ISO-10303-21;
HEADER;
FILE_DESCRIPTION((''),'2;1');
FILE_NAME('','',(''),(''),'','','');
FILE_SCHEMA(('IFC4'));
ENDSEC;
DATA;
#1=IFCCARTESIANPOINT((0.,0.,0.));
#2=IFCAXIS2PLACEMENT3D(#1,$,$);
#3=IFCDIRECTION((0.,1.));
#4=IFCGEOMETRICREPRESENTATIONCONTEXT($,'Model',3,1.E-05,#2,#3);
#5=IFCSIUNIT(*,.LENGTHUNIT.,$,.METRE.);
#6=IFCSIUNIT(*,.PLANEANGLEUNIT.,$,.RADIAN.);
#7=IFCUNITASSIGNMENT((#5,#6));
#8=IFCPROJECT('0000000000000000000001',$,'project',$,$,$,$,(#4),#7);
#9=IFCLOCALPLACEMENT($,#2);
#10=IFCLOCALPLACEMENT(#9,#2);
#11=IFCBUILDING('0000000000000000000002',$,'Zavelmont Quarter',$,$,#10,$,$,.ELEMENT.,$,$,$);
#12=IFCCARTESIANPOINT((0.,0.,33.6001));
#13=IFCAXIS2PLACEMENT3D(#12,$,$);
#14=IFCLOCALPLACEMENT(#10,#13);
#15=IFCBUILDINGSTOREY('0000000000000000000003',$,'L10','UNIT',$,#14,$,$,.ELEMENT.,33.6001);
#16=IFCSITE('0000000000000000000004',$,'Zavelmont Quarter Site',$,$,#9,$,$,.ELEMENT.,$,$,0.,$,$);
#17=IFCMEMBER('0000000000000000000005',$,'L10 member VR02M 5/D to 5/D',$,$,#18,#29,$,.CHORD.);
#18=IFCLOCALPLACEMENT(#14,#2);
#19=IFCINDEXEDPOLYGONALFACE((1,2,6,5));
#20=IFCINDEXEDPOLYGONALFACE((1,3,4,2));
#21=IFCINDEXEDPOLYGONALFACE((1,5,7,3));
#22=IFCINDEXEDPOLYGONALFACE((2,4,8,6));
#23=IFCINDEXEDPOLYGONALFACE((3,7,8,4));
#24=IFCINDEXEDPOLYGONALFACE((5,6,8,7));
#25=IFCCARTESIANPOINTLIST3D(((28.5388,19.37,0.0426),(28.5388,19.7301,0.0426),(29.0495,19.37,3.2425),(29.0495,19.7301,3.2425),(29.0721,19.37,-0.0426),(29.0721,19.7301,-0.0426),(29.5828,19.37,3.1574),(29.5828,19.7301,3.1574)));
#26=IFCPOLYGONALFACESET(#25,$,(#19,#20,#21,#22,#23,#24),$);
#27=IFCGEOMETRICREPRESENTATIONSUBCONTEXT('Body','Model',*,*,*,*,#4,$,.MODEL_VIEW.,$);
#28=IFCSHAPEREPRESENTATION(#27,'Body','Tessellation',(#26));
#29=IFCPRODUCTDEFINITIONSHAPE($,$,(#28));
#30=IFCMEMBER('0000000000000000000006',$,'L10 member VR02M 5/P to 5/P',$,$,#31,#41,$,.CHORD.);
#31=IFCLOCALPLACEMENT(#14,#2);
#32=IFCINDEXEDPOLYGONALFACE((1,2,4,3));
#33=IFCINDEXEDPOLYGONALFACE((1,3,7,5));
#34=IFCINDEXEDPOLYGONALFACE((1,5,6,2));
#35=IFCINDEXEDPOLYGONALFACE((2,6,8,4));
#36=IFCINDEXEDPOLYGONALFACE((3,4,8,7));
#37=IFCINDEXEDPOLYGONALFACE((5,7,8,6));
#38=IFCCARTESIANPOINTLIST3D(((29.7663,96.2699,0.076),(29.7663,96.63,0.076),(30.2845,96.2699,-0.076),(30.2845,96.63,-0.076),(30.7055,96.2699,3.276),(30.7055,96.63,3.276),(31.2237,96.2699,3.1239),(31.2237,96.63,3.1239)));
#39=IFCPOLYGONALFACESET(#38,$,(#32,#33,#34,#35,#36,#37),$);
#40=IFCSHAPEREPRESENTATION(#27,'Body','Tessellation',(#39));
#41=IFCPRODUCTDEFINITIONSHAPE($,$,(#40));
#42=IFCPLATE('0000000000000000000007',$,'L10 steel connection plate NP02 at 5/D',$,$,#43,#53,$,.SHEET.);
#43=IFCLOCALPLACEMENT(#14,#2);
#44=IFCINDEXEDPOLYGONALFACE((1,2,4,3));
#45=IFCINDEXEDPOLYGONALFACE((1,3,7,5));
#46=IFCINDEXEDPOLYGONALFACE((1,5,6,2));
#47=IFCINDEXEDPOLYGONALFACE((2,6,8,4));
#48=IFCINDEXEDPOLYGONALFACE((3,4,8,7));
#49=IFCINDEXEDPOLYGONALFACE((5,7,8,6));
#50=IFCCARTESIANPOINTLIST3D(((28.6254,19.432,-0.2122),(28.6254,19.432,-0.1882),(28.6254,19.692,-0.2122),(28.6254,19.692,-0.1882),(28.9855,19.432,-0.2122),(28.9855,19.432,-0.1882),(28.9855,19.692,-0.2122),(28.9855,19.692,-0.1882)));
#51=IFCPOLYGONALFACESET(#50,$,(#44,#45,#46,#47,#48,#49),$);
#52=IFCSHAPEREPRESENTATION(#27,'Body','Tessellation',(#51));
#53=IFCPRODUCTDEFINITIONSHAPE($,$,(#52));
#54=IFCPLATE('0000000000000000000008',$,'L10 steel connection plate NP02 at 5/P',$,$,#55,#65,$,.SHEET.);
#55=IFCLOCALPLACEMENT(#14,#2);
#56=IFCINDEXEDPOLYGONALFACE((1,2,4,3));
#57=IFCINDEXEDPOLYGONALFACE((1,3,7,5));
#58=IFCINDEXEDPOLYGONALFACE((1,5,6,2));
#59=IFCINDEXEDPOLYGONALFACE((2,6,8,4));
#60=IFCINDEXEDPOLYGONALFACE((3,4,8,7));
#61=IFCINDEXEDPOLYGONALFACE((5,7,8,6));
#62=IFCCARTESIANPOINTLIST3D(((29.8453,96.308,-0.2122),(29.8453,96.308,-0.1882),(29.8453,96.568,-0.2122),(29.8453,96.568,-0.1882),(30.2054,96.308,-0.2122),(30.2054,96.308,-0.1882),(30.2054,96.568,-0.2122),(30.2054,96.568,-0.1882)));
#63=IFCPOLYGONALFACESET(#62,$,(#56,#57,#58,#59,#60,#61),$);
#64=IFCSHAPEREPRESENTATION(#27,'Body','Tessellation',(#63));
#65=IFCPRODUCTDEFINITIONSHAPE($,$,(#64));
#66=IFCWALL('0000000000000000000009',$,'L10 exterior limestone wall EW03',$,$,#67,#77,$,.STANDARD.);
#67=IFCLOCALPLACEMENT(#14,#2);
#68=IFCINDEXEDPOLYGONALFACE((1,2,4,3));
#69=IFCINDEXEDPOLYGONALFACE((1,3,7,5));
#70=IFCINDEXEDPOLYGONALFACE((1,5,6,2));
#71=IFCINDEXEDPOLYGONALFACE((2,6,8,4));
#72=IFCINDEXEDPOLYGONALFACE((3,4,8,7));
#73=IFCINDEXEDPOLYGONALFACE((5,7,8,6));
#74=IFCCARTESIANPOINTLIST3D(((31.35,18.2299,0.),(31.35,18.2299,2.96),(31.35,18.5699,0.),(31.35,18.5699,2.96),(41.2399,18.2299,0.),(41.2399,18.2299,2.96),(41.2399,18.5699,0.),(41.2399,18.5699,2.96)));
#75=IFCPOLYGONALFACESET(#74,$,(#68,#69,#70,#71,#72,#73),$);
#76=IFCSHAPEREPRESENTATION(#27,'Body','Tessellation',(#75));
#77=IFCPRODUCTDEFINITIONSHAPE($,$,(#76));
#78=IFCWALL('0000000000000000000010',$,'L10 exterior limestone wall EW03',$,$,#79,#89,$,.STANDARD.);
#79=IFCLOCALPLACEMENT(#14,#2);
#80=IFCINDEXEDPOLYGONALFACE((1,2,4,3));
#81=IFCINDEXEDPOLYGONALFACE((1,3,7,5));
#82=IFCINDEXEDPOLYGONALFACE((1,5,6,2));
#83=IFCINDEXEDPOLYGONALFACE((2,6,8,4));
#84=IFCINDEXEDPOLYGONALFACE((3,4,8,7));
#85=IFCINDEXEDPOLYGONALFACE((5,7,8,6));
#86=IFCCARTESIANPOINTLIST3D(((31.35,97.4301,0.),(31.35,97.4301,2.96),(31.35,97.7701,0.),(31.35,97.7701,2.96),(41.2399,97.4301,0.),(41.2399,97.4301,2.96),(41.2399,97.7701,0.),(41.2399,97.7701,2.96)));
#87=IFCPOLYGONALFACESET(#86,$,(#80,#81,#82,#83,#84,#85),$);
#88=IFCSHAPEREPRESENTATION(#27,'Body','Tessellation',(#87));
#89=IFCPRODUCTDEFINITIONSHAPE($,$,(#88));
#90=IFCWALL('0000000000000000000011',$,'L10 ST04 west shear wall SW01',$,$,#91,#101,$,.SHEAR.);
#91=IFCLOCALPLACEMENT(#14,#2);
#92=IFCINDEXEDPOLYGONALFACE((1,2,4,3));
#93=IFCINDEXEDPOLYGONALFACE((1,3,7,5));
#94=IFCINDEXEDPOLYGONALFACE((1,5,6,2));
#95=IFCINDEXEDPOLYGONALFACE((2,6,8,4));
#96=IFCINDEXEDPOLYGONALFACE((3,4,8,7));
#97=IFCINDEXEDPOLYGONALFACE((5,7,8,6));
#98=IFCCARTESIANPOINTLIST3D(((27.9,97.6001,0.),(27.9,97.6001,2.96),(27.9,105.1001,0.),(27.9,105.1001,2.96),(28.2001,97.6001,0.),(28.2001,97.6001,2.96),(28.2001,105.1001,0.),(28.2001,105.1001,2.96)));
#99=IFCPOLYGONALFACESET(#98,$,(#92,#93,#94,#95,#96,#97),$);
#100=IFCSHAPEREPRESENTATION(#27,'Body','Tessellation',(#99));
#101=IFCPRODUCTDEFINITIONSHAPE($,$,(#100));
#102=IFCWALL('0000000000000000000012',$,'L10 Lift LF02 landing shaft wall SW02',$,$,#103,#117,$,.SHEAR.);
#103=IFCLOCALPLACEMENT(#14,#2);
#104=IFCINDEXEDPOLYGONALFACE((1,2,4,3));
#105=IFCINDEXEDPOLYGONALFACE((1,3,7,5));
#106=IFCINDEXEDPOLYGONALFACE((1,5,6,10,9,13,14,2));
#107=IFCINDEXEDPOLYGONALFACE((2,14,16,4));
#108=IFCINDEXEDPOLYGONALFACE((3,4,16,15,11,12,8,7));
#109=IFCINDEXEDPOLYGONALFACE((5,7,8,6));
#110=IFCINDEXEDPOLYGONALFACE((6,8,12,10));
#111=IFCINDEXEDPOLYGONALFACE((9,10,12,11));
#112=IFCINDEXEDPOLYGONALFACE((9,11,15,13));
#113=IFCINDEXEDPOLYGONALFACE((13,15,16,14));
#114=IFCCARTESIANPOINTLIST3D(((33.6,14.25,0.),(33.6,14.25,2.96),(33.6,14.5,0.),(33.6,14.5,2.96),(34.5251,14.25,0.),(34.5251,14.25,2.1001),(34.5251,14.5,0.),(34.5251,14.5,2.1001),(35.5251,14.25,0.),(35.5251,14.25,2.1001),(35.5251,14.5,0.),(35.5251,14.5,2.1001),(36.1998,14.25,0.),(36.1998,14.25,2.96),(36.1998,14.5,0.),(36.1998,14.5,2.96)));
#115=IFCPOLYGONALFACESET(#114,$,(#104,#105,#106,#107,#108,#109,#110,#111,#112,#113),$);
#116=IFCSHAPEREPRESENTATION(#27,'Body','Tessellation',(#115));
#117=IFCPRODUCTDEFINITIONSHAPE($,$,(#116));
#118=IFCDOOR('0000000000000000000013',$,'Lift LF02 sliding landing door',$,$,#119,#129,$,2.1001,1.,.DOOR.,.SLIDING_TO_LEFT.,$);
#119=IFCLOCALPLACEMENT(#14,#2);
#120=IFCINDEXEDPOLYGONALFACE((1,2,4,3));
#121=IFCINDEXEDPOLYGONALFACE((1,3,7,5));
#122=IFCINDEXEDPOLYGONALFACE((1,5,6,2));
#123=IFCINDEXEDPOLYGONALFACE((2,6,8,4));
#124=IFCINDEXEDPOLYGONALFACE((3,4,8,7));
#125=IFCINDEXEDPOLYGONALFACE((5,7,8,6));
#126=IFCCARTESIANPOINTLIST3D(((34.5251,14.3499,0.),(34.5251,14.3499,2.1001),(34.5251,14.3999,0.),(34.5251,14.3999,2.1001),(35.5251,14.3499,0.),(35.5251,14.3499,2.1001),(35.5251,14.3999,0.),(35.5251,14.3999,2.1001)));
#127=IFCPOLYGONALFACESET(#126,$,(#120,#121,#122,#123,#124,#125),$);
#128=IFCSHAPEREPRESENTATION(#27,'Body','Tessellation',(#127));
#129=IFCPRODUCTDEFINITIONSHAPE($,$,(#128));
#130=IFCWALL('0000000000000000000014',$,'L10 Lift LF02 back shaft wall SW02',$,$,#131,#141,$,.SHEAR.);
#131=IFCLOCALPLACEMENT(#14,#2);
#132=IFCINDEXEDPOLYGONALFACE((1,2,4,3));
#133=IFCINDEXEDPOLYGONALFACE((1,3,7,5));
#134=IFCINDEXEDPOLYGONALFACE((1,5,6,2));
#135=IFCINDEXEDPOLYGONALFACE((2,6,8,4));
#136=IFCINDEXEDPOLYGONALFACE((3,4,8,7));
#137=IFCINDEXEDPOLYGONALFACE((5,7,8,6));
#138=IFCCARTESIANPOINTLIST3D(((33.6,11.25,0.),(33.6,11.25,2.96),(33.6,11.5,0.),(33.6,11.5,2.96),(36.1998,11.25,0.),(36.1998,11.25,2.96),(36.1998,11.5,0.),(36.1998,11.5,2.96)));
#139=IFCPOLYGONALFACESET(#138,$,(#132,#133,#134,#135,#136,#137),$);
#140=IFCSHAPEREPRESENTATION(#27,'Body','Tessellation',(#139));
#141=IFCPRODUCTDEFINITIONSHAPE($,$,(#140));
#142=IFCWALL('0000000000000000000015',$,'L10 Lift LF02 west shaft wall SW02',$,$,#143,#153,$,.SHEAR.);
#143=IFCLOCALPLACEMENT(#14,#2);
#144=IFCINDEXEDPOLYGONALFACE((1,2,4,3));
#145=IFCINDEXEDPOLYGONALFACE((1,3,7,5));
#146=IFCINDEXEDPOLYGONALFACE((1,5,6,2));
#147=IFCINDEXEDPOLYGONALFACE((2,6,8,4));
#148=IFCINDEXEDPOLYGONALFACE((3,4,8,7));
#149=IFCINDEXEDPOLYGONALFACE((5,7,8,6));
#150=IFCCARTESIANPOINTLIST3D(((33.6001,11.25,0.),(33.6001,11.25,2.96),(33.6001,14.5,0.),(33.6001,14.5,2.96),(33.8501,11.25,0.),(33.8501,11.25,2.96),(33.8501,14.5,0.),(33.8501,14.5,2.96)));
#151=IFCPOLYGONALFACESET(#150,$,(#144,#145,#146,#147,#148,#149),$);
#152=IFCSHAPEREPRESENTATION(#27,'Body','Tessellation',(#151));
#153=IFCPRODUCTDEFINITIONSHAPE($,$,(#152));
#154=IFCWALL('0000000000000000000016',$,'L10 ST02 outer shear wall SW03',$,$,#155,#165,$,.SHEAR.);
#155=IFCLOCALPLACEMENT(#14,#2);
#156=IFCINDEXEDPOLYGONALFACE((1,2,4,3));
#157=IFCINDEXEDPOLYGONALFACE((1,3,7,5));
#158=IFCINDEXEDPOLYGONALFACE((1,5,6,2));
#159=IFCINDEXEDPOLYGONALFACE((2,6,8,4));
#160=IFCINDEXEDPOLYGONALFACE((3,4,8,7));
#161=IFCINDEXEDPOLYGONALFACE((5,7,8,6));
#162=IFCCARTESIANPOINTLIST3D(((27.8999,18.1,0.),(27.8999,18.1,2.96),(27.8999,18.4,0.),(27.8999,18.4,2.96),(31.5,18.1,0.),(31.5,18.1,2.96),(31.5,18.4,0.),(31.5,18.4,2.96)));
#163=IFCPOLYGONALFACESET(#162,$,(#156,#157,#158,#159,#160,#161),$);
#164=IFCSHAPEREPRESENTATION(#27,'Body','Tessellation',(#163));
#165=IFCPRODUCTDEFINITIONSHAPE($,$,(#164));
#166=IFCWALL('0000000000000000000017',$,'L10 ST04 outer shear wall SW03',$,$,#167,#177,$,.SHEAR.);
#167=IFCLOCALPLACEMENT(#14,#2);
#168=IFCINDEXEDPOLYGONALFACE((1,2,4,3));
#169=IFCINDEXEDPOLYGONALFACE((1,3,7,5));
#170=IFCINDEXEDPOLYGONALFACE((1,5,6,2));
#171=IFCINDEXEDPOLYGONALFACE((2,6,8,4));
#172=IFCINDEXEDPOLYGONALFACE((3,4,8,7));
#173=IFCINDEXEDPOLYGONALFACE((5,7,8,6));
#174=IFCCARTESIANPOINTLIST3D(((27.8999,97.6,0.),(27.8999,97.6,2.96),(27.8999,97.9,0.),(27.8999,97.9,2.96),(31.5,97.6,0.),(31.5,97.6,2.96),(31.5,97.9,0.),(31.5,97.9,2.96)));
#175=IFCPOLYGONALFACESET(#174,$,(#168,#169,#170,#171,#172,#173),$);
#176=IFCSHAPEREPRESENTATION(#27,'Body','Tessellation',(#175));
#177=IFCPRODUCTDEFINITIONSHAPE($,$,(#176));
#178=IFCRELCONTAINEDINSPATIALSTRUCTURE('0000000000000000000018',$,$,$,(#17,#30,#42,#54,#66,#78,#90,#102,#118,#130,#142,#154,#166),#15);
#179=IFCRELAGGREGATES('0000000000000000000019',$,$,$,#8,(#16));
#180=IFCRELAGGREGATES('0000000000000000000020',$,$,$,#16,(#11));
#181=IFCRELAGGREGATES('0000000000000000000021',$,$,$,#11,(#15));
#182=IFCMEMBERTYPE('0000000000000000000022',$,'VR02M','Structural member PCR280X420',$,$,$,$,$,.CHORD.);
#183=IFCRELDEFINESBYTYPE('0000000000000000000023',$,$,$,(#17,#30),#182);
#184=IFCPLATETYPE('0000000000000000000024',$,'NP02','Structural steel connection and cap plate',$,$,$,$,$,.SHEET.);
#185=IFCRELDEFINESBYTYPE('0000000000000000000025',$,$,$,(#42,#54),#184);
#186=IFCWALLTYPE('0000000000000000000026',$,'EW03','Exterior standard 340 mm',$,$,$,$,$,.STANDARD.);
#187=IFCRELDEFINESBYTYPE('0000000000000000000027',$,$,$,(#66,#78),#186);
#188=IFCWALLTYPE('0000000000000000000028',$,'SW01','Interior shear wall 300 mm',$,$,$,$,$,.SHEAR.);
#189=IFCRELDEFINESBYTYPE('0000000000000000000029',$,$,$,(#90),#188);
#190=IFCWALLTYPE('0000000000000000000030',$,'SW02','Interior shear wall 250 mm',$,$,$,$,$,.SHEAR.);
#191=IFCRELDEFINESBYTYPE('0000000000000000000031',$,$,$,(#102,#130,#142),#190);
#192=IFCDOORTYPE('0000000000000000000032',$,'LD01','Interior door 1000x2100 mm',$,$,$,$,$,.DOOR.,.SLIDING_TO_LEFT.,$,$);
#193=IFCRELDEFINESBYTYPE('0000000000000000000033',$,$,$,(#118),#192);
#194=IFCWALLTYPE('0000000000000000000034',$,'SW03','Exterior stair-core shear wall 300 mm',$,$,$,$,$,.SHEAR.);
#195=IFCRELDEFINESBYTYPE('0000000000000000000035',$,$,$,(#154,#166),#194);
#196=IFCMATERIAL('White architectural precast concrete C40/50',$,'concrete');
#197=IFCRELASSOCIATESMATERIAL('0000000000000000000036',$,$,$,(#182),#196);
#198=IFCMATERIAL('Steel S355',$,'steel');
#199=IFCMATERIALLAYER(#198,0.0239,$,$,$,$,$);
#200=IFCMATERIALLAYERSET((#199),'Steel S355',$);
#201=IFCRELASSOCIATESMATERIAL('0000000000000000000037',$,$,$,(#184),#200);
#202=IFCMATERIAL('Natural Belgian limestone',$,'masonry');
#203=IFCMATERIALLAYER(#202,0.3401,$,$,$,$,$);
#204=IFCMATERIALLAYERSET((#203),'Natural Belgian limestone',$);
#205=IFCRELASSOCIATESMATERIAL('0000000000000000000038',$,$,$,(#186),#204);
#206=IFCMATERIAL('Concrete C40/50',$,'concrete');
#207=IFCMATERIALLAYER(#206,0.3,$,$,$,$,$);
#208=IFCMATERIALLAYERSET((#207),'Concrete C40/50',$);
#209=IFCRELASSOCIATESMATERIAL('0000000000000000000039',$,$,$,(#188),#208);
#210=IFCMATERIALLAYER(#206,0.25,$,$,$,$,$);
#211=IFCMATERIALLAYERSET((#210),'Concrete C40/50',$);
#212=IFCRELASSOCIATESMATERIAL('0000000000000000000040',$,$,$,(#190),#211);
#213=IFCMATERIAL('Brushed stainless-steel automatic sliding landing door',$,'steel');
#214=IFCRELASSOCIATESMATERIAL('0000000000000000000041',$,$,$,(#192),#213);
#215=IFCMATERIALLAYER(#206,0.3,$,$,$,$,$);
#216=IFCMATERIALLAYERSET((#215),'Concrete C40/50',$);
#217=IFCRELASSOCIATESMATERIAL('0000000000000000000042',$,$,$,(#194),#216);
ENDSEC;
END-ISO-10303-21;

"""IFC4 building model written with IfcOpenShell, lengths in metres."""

from ifc_helpers import new_model, si_unit, direction, frame, frame_2d, origin, origin_with_axes, origin_2d, place, context, subcontext, project, spatial, rectangle, extrude, material, layer, layer_set, material_profile, profile_set, type_object, element, fill, save


model = new_model("IFC4")

# Units and contexts
model_context = context("Model", 3, precision=1e-05, world=origin(), true_north=direction((0.0, 1.0)))
body_context = subcontext(model_context, "Body", "Model", "MODEL_VIEW")
ifc_project = project(units=[si_unit("LENGTHUNIT", "METRE"), si_unit("PLANEANGLEUNIT", "RADIAN")], contexts=[model_context])

# Site, building, storey
site_placement = place(None, origin())
site = spatial("IfcSite", under=ifc_project, at=site_placement, Name="Zavelmont Quarter Site", CompositionType="ELEMENT", RefElevation=0.0)
building_placement = place(site_placement, origin())
building = spatial("IfcBuilding", under=site, at=building_placement, Name="Zavelmont Quarter", CompositionType="ELEMENT")
storey_placement = place(building_placement, frame((0.0, 0.0, 33.6001)))
storey = spatial("IfcBuildingStorey", under=building, at=storey_placement, Name="L10", Description="UNIT", CompositionType="ELEMENT", Elevation=33.6001)

# Members
ifc_material_1 = material(Name="White architectural precast concrete C40/50", Category="concrete")
ifc_material_profile = material_profile(ifc_material_1, rectangle(XDim=0.3601, YDim=0.54, at=origin_2d()), Name="PCR280X420")
ifc_profile_set = profile_set([ifc_material_profile], Name="White architectural precast concrete C40/50")
member_type = type_object("IfcMemberType", Name="VR02M", Description="Structural member PCR280X420", PredefinedType="CHORD", material=ifc_profile_set)
member_1_placement = place(storey_placement, frame((28.8054, 19.55, 0.0), z_axis=(0.157614, 0.0, 0.987501), x_axis=(0.0, 1.0, 0.0)))
element("IfcMember", 1, at=member_1_placement, inside=storey, type_object=member_type, Name="L10 member VR02M 5/D to 5/D", PredefinedType="CHORD", context=body_context, shape_type="SweptSolid", body=[
    extrude(rectangle(XDim=0.3601, YDim=0.54, at=origin_2d()), origin(), (0.0, 0.0, 1.0), 3.2405),
])
member_2_placement = place(storey_placement, frame((30.0254, 96.45, 0.0), z_axis=(0.281627, 0.0, 0.959524), x_axis=(0.0, 1.0, 0.0)))
element("IfcMember", 2, at=member_2_placement, inside=storey, type_object=member_type, Name="L10 member VR02M 5/P to 5/P", PredefinedType="CHORD", context=body_context, shape_type="SweptSolid", body=[
    extrude(rectangle(XDim=0.3601, YDim=0.54, at=origin_2d()), origin(), (0.0, 0.0, 1.0), 3.335),
])

# Plates
ifc_material_2 = material(Name="Steel S355", Category="steel")
ifc_layer_1 = layer(ifc_material_2, 0.0239)
ifc_layer_set_1 = layer_set([ifc_layer_1], Name="Steel S355")
plate_type = type_object("IfcPlateType", Name="NP02", Description="Structural steel connection and cap plate", PredefinedType="SHEET", material=ifc_layer_set_1)
for number, where, z_axis, x_axis, name in (
    (3, (28.8054, 19.562, -0.2122), (0.0, 0.0, 1.0), (1.0, 0.0, 0.0), "L10 steel connection plate NP02 at 5/D"),
    (4, (30.0254, 96.438, -0.2122), (0.0, 0.0, 1.0), (1.0, 0.0, 0.0), "L10 steel connection plate NP02 at 5/P"),
):
    element("IfcPlate", number, at=place(storey_placement, frame(where, z_axis=z_axis, x_axis=x_axis)), inside=storey, type_object=plate_type, Name=name, PredefinedType="SHEET", context=body_context, shape_type="SweptSolid", body=[
        extrude(rectangle(XDim=0.3601, YDim=0.26, at=origin_2d()), origin(), (0.0, 0.0, 1.0), 0.0239),
    ])

# Walls
ifc_material_3 = material(Name="Natural Belgian limestone", Category="masonry")
ifc_layer_2 = layer(ifc_material_3, 0.3401)
ifc_layer_set_2 = layer_set([ifc_layer_2], Name="Natural Belgian limestone")
wall_type_1 = type_object("IfcWallType", Name="EW03", Description="Exterior standard 340 mm", PredefinedType="STANDARD", material=ifc_layer_set_2)
for number, where, z_axis, x_axis, name in (
    (5, (31.3501, 18.3999, 0.0), (0.0, 0.0, 1.0), (1.0, 0.0, 0.0), "L10 exterior limestone wall EW03"),
    (6, (31.3501, 97.6001, 0.0), (0.0, 0.0, 1.0), (1.0, 0.0, 0.0), "L10 exterior limestone wall EW03"),
):
    element("IfcWall", number, at=place(storey_placement, frame(where, z_axis=z_axis, x_axis=x_axis)), inside=storey, type_object=wall_type_1, Name=name, PredefinedType="STANDARD", context=body_context, shape_type="SweptSolid", body=[
        extrude(rectangle(XDim=9.8899, YDim=0.3401, at=frame_2d((4.9448, 0.0))), origin(), (0.0, 0.0, 1.0), 2.96),
    ])

# Wall
ifc_material_4 = material(Name="Concrete C40/50", Category="concrete")
ifc_layer_3 = layer(ifc_material_4, 0.3)
ifc_layer_set_3 = layer_set([ifc_layer_3], Name="Concrete C40/50")
wall_type_2 = type_object("IfcWallType", Name="SW01", Description="Interior shear wall 300 mm", PredefinedType="SHEAR", material=ifc_layer_set_3)
wall_1_placement = place(storey_placement, frame((28.05, 97.6001, 0.0), z_axis=(0.0, 0.0, 1.0), x_axis=(0.0, 1.0, 0.0)))
element("IfcWall", 7, at=wall_1_placement, inside=storey, type_object=wall_type_2, Name="L10 ST04 west shear wall SW01", PredefinedType="SHEAR", context=body_context, shape_type="SweptSolid", body=[
    extrude(rectangle(XDim=7.5, YDim=0.3, at=frame_2d((3.75, 0.0))), origin(), (0.0, 0.0, 1.0), 2.96),
])

# Wall, opening, door
ifc_layer_4 = layer(ifc_material_4, 0.25)
ifc_layer_set_4 = layer_set([ifc_layer_4], Name="Concrete C40/50")
wall_type_3 = type_object("IfcWallType", Name="SW02", Description="Interior shear wall 250 mm", PredefinedType="SHEAR", material=ifc_layer_set_4)
wall_2_placement = place(storey_placement, frame((33.6001, 14.375, 0.0), z_axis=(0.0, 0.0, 1.0), x_axis=(1.0, 0.0, 0.0)))
wall_2 = element("IfcWall", 8, at=wall_2_placement, inside=storey, type_object=wall_type_3, Name="L10 Lift LF02 landing shaft wall SW02", PredefinedType="SHEAR", context=body_context, shape_type="SweptSolid", body=[
    extrude(rectangle(XDim=2.5999, YDim=0.25, at=frame_2d((1.2998, 0.0))), origin(), (0.0, 0.0, 1.0), 2.96),
])
opening_1_placement = place(wall_2_placement, frame((0.925, 0.0, 0.0)))
opening_1 = element("IfcOpeningElement", 9, at=opening_1_placement, cuts=wall_2, PredefinedType="OPENING", context=body_context, shape_type="SweptSolid", body=[
    extrude(rectangle(XDim=1.0, YDim=2.1001, at=frame_2d((0.5, 1.05))), frame((0.0, 0.137, 0.0), z_axis=(0.0, -1.0, 0.0), x_axis=(1.0, 0.0, 0.0)), (0.0, 0.0, 1.0), 0.2739),
])
ifc_material_5 = material(Name="Brushed stainless-steel automatic sliding landing door", Category="steel")
door_type_1 = type_object("IfcDoorType", Name="LD01", Description="Interior door 1000x2100 mm", OperationType="SLIDING_TO_LEFT", PredefinedType="DOOR", material=ifc_material_5)
door_1_placement = place(opening_1_placement, origin_with_axes())
door_1 = element("IfcDoor", 10, at=door_1_placement, inside=storey, type_object=door_type_1, Name="Lift LF02 sliding landing door", OperationType="SLIDING_TO_LEFT", OverallHeight=2.1001, OverallWidth=1.0, PredefinedType="DOOR", context=body_context, shape_type="SweptSolid", body=[
    extrude(rectangle(XDim=1.0, YDim=2.1001, at=frame_2d((0.5, 1.05))), frame((0.0, 0.0249, 0.0), z_axis=(0.0, -1.0, 0.0), x_axis=(1.0, 0.0, 0.0)), (0.0, 0.0, 1.0), 0.05),
])
fill(opening_1, door_1)

# Walls
wall_3_placement = place(storey_placement, frame((33.6001, 11.375, 0.0), z_axis=(0.0, 0.0, 1.0), x_axis=(1.0, 0.0, 0.0)))
element("IfcWall", 11, at=wall_3_placement, inside=storey, type_object=wall_type_3, Name="L10 Lift LF02 back shaft wall SW02", PredefinedType="SHEAR", context=body_context, shape_type="SweptSolid", body=[
    extrude(rectangle(XDim=2.5999, YDim=0.25, at=frame_2d((1.2998, 0.0))), origin(), (0.0, 0.0, 1.0), 2.96),
])
wall_4_placement = place(storey_placement, frame((33.7251, 11.25, 0.0), z_axis=(0.0, 0.0, 1.0), x_axis=(0.0, 1.0, 0.0)))
element("IfcWall", 12, at=wall_4_placement, inside=storey, type_object=wall_type_3, Name="L10 Lift LF02 west shaft wall SW02", PredefinedType="SHEAR", context=body_context, shape_type="SweptSolid", body=[
    extrude(rectangle(XDim=3.25, YDim=0.25, at=frame_2d((1.625, 0.0))), origin(), (0.0, 0.0, 1.0), 2.96),
])
ifc_layer_5 = layer(ifc_material_4, 0.3)
ifc_layer_set_5 = layer_set([ifc_layer_5], Name="Concrete C40/50")
wall_type_4 = type_object("IfcWallType", Name="SW03", Description="Exterior stair-core shear wall 300 mm", PredefinedType="SHEAR", material=ifc_layer_set_5)
for number, where, z_axis, x_axis, name in (
    (13, (27.8999, 18.25, 0.0), (0.0, 0.0, 1.0), (1.0, 0.0, 0.0), "L10 ST02 outer shear wall SW03"),
    (14, (27.8999, 97.75, 0.0), (0.0, 0.0, 1.0), (1.0, 0.0, 0.0), "L10 ST04 outer shear wall SW03"),
):
    element("IfcWall", number, at=place(storey_placement, frame(where, z_axis=z_axis, x_axis=x_axis)), inside=storey, type_object=wall_type_4, Name=name, PredefinedType="SHEAR", context=body_context, shape_type="SweptSolid", body=[
        extrude(rectangle(XDim=3.6001, YDim=0.3, at=frame_2d((1.8, 0.0))), origin(), (0.0, 0.0, 1.0), 2.96),
    ])

save(model, "model.ifc")
